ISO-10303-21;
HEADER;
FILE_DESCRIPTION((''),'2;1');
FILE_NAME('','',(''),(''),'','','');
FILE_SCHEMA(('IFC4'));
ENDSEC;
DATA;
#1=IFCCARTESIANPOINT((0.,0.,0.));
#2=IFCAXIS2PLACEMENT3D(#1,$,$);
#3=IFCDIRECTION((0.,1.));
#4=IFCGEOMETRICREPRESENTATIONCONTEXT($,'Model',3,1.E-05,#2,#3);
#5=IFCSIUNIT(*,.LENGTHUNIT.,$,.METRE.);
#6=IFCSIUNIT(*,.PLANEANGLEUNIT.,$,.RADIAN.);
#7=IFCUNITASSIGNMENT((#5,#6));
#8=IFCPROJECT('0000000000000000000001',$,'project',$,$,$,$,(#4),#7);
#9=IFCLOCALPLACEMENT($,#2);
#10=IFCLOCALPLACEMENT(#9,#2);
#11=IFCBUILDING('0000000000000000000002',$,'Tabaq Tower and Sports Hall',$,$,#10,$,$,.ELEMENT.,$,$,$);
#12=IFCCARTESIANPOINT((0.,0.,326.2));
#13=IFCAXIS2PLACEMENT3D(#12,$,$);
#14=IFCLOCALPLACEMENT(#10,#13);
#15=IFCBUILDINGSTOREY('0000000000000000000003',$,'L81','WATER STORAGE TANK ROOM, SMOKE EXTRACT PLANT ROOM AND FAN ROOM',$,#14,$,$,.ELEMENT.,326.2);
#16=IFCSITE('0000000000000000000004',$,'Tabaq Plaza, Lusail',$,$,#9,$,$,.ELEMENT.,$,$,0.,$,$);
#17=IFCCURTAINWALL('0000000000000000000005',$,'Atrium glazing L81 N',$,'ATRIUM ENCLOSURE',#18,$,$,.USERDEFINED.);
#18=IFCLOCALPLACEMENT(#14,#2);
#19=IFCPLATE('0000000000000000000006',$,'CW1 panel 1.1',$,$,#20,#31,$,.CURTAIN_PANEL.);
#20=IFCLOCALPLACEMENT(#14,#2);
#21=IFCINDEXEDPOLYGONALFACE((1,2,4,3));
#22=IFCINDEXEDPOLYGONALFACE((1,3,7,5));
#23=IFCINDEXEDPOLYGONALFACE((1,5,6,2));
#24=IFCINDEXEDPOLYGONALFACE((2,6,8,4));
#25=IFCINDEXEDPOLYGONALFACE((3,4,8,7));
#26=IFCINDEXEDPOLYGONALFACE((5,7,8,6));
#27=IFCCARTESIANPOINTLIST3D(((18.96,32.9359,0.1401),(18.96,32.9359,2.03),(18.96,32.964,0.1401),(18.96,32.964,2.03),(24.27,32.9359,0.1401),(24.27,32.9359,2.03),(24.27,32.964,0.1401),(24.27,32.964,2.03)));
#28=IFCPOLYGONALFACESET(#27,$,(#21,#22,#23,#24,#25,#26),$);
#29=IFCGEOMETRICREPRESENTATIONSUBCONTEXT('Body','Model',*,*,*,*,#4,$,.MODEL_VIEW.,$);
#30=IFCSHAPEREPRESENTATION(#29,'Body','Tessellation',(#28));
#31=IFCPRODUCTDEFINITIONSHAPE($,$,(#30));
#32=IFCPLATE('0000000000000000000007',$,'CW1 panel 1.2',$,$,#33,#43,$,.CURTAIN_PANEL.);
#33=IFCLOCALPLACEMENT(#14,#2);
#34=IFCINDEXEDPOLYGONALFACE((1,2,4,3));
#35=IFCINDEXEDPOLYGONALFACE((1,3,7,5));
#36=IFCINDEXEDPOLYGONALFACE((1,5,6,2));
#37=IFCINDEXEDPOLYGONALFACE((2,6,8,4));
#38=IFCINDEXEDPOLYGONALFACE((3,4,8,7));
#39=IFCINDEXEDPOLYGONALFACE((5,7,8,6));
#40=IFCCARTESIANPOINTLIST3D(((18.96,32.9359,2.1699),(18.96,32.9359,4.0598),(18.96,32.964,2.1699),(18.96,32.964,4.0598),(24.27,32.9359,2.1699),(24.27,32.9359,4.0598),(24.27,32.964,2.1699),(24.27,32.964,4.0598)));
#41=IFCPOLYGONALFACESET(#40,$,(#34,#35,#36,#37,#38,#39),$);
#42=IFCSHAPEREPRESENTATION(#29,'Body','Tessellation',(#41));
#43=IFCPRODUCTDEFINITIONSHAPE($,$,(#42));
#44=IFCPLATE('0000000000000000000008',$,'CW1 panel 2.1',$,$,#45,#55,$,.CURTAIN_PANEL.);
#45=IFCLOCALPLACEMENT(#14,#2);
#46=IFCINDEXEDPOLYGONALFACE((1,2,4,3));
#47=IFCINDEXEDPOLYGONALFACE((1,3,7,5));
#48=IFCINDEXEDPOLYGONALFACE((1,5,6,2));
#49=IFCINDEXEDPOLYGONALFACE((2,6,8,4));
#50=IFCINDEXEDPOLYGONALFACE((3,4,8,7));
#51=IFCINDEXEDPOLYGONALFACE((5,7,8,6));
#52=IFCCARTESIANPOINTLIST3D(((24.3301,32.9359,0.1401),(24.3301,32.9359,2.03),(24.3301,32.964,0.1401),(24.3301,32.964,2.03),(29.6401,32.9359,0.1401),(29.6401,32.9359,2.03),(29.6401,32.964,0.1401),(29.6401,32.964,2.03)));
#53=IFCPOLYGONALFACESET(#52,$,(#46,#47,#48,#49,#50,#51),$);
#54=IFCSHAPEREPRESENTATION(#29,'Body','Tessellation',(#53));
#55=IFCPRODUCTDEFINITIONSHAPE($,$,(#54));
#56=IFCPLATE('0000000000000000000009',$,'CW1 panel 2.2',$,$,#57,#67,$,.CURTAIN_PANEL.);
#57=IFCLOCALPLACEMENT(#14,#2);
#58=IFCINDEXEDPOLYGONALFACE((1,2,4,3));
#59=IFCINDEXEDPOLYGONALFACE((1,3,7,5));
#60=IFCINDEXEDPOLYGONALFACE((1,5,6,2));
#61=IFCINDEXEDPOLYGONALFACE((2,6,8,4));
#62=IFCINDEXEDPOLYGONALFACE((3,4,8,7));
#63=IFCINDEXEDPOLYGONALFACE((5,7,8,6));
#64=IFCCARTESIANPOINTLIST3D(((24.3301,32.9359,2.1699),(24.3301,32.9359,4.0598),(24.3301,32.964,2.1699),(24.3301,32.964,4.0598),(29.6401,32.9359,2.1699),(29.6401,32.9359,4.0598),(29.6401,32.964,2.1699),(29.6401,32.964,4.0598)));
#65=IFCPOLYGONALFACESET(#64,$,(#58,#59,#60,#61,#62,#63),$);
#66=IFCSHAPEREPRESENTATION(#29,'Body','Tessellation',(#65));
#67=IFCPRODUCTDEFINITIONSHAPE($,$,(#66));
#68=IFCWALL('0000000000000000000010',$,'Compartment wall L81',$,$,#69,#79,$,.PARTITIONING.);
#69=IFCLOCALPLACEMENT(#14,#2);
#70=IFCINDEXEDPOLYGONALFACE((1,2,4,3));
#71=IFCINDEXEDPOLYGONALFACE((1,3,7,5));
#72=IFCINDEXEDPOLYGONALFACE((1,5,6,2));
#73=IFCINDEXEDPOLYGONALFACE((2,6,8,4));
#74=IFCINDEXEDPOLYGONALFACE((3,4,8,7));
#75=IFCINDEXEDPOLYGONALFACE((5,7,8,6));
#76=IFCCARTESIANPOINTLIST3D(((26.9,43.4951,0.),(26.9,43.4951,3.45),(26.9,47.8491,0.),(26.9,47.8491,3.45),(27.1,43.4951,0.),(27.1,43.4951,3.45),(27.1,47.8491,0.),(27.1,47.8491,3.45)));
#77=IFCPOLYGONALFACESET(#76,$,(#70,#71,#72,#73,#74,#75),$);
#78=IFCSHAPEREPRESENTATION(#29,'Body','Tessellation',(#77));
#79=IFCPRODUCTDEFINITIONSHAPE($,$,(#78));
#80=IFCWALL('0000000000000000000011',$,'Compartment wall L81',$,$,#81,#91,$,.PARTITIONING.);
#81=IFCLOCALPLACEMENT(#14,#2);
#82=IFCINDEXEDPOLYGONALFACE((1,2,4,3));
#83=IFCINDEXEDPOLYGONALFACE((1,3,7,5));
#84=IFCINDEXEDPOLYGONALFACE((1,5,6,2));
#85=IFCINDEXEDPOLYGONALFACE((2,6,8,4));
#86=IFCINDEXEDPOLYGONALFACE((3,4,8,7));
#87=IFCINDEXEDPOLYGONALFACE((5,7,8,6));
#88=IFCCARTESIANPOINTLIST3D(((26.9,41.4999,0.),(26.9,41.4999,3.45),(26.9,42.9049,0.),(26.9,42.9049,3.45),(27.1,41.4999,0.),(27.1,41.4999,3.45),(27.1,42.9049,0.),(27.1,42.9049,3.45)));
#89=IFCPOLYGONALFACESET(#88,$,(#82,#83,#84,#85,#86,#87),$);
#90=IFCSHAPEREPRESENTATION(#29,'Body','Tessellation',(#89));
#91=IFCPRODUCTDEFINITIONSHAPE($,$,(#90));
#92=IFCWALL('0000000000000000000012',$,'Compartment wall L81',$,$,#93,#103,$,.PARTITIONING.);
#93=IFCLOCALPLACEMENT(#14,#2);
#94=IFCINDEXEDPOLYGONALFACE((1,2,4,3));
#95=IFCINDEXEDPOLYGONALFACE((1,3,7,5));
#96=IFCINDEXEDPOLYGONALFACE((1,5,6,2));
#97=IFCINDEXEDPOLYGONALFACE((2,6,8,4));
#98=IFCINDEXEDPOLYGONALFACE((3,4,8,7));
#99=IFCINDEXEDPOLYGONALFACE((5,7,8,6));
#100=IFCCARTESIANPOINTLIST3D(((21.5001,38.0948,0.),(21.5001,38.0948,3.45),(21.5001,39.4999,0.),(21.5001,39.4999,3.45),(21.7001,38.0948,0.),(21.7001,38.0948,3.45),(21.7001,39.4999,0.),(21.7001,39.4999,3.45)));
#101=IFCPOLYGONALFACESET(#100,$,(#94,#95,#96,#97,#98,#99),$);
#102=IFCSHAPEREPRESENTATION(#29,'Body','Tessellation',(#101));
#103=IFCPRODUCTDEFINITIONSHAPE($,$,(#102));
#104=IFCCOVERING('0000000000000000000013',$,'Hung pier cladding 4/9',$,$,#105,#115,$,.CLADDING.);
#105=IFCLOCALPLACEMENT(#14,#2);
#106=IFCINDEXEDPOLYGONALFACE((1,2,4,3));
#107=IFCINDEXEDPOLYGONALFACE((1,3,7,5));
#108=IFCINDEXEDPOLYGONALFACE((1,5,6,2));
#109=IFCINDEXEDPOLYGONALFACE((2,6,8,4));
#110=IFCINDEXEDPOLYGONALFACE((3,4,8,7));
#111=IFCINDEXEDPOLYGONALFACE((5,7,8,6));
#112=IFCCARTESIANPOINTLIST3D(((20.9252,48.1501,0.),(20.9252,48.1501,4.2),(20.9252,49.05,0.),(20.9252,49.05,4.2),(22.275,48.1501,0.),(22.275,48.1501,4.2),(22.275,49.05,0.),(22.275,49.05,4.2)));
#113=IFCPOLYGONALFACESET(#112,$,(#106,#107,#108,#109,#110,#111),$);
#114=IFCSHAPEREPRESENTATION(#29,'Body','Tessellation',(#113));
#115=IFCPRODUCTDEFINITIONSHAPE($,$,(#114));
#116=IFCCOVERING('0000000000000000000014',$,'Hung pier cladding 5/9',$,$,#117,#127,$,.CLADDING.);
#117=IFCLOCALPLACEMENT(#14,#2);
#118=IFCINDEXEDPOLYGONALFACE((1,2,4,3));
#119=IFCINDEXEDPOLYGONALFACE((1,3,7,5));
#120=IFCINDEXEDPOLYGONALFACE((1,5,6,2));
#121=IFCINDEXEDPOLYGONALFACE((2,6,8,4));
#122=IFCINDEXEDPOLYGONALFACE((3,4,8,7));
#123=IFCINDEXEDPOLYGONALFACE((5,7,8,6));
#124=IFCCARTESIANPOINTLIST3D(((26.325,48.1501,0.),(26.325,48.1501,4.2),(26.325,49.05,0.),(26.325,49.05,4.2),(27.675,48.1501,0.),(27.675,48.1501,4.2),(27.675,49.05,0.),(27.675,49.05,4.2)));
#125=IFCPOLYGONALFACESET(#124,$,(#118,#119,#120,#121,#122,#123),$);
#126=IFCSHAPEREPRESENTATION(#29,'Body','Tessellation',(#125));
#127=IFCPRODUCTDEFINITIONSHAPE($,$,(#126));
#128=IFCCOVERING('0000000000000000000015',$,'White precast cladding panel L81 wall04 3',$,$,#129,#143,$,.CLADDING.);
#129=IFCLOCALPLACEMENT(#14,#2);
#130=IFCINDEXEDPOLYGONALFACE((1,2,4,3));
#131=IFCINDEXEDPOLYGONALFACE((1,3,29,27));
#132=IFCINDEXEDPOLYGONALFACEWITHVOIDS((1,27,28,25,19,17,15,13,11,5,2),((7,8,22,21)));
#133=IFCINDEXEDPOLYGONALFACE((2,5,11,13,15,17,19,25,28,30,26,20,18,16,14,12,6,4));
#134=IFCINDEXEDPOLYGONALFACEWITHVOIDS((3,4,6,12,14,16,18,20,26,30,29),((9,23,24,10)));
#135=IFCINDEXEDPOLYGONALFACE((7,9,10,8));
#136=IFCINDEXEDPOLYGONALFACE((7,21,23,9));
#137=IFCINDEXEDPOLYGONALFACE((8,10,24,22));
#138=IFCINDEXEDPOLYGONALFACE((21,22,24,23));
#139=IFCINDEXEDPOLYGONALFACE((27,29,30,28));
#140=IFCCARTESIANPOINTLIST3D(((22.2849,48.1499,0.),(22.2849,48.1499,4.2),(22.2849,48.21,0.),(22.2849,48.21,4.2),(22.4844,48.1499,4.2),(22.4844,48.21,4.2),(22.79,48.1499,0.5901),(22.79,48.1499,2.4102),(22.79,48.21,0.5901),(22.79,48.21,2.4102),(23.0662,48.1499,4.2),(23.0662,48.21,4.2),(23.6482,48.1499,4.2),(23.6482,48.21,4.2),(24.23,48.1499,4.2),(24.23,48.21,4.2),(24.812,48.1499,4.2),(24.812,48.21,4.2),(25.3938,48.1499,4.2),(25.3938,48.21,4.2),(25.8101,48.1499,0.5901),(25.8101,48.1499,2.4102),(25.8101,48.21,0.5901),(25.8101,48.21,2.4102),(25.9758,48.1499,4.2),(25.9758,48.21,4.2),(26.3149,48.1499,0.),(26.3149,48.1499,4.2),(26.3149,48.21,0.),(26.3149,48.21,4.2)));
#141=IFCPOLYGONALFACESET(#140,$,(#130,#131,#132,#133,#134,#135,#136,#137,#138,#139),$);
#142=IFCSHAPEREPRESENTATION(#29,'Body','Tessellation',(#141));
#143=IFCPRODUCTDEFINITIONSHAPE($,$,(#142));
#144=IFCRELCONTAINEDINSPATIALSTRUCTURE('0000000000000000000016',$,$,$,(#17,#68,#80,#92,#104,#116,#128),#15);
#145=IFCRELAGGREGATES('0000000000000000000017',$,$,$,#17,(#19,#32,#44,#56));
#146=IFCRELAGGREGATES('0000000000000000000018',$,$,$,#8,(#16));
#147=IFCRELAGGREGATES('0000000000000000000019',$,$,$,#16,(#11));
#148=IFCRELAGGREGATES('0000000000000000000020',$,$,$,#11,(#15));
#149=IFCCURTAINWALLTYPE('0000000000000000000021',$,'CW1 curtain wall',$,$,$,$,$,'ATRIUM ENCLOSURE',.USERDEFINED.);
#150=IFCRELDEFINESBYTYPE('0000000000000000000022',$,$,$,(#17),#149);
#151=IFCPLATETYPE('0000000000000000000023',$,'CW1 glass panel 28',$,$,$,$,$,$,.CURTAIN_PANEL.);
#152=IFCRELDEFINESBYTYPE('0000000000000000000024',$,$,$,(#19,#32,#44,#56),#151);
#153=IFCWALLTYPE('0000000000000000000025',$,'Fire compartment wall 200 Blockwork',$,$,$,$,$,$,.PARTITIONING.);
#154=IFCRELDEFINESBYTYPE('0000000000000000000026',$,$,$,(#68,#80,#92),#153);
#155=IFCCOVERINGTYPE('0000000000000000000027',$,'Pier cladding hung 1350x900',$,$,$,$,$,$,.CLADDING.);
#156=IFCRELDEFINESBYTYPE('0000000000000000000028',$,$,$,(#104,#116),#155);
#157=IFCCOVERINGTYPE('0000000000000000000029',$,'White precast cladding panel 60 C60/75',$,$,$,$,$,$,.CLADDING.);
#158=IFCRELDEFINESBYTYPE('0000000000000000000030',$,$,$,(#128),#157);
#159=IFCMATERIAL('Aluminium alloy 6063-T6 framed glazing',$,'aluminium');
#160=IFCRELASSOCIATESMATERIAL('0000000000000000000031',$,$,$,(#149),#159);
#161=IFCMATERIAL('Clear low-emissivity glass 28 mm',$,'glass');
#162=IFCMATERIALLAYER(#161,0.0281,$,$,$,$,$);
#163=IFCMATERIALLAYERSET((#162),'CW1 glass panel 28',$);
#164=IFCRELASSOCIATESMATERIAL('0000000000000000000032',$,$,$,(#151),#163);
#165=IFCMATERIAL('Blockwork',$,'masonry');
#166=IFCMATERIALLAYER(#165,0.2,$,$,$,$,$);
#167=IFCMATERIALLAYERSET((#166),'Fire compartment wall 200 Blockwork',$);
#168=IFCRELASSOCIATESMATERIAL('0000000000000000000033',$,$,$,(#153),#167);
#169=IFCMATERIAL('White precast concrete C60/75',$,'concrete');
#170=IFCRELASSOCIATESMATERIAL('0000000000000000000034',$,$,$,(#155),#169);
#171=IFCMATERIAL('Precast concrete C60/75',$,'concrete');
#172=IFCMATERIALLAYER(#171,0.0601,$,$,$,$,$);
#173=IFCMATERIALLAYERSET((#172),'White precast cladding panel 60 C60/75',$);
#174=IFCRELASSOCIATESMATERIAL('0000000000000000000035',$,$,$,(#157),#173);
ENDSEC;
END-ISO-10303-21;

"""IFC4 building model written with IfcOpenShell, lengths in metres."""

from ifc_helpers import new_model, si_unit, direction, frame, frame_2d, origin, origin_2d, place, context, subcontext, project, spatial, polyline, rectangle, outline, extrude, material, layer, layer_set, type_object, element, aggregate, save


model = new_model("IFC4")

# Units and contexts
model_context = context("Model", 3, precision=1e-05, world=origin(), true_north=direction((0.0, 1.0)))
body_context = subcontext(model_context, "Body", "Model", "MODEL_VIEW")
ifc_project = project(units=[si_unit("LENGTHUNIT", "METRE"), si_unit("PLANEANGLEUNIT", "RADIAN")], contexts=[model_context])

# Site, building, storey
site_placement = place(None, origin())
site = spatial("IfcSite", under=ifc_project, at=site_placement, Name="Tabaq Plaza, Lusail", CompositionType="ELEMENT", RefElevation=0.0)
building_placement = place(site_placement, origin())
building = spatial("IfcBuilding", under=site, at=building_placement, Name="Tabaq Tower and Sports Hall", CompositionType="ELEMENT")
storey_placement = place(building_placement, frame((0.0, 0.0, 326.2)))
storey = spatial("IfcBuildingStorey", under=building, at=storey_placement, Name="L81", Description="WATER STORAGE TANK ROOM, SMOKE EXTRACT PLANT ROOM AND FAN ROOM", CompositionType="ELEMENT", Elevation=326.2)

# Curtain wall
ifc_material_1 = material(Name="Aluminium alloy 6063-T6 framed glazing", Category="aluminium")
curtain_wall_type = type_object("IfcCurtainWallType", Name="CW1 curtain wall", ElementType="ATRIUM ENCLOSURE", PredefinedType="USERDEFINED", material=ifc_material_1)
curtain_wall_placement = place(storey_placement, origin())
curtain_wall = element("IfcCurtainWall", 1, at=curtain_wall_placement, inside=storey, type_object=curtain_wall_type, Name="Atrium glazing L81 N", ObjectType="ATRIUM ENCLOSURE", PredefinedType="USERDEFINED")

# Plates
ifc_material_2 = material(Name="Clear low-emissivity glass 28 mm", Category="glass")
ifc_layer_1 = layer(ifc_material_2, 0.0281)
ifc_layer_set_1 = layer_set([ifc_layer_1], Name="CW1 glass panel 28")
plate_type = type_object("IfcPlateType", Name="CW1 glass panel 28", PredefinedType="CURTAIN_PANEL", material=ifc_layer_set_1)
plate_1_placement = place(storey_placement, frame((21.615, 32.95, 0.1401), z_axis=(0.0, 0.0, 1.0), x_axis=(1.0, 0.0, 0.0)))
plate_1 = element("IfcPlate", 2, at=plate_1_placement, type_object=plate_type, Name="CW1 panel 1.1", PredefinedType="CURTAIN_PANEL", context=body_context, shape_type="SweptSolid", body=[
    extrude(rectangle(XDim=5.3101, YDim=0.0281, at=origin_2d()), origin(), (0.0, 0.0, 1.0), 1.8899),
])
plate_2_placement = place(storey_placement, frame((21.615, 32.95, 2.1699), z_axis=(0.0, 0.0, 1.0), x_axis=(1.0, 0.0, 0.0)))
plate_2 = element("IfcPlate", 3, at=plate_2_placement, type_object=plate_type, Name="CW1 panel 1.2", PredefinedType="CURTAIN_PANEL", context=body_context, shape_type="SweptSolid", body=[
    extrude(rectangle(XDim=5.3101, YDim=0.0281, at=origin_2d()), origin(), (0.0, 0.0, 1.0), 1.8899),
])
plate_3_placement = place(storey_placement, frame((26.9851, 32.95, 0.1401), z_axis=(0.0, 0.0, 1.0), x_axis=(1.0, 0.0, 0.0)))
plate_3 = element("IfcPlate", 4, at=plate_3_placement, type_object=plate_type, Name="CW1 panel 2.1", PredefinedType="CURTAIN_PANEL", context=body_context, shape_type="SweptSolid", body=[
    extrude(rectangle(XDim=5.3101, YDim=0.0281, at=origin_2d()), origin(), (0.0, 0.0, 1.0), 1.8899),
])
plate_4_placement = place(storey_placement, frame((26.9851, 32.95, 2.1699), z_axis=(0.0, 0.0, 1.0), x_axis=(1.0, 0.0, 0.0)))
plate_4 = element("IfcPlate", 5, at=plate_4_placement, type_object=plate_type, Name="CW1 panel 2.2", PredefinedType="CURTAIN_PANEL", context=body_context, shape_type="SweptSolid", body=[
    extrude(rectangle(XDim=5.3101, YDim=0.0281, at=origin_2d()), origin(), (0.0, 0.0, 1.0), 1.8899),
])
aggregate(curtain_wall, [plate_1, plate_2, plate_3, plate_4])

# Walls
ifc_material_3 = material(Name="Blockwork", Category="masonry")
ifc_layer_2 = layer(ifc_material_3, 0.2)
ifc_layer_set_2 = layer_set([ifc_layer_2], Name="Fire compartment wall 200 Blockwork")
wall_type_1 = type_object("IfcWallType", Name="Fire compartment wall 200 Blockwork", PredefinedType="PARTITIONING", material=ifc_layer_set_2)
wall_1_placement = place(storey_placement, frame((27.0, 47.8491, 0.0), z_axis=(0.0, 0.0, 1.0), x_axis=(0.0, -1.0, 0.0)))
element("IfcWall", 6, at=wall_1_placement, inside=storey, type_object=wall_type_1, Name="Compartment wall L81", PredefinedType="PARTITIONING", context=body_context, shape_type="SweptSolid", body=[
    extrude(rectangle(XDim=4.354, YDim=0.2, at=frame_2d((2.177, 0.0))), origin(), (0.0, 0.0, 1.0), 3.45),
])
for number, where, z_axis, x_axis, name in (
    (7, (27.0, 42.905, 0.0), (0.0, 0.0, 1.0), (0.0, -1.0, 0.0), "Compartment wall L81"),
    (8, (21.6001, 39.5, 0.0), (0.0, 0.0, 1.0), (0.0, -1.0, 0.0), "Compartment wall L81"),
):
    element("IfcWall", number, at=place(storey_placement, frame(where, z_axis=z_axis, x_axis=x_axis)), inside=storey, type_object=wall_type_1, Name=name, PredefinedType="PARTITIONING", context=body_context, shape_type="SweptSolid", body=[
        extrude(rectangle(XDim=1.405, YDim=0.2, at=frame_2d((0.7026, 0.0))), origin(), (0.0, 0.0, 1.0), 3.45),
    ])

# Coverings
ifc_material_4 = material(Name="White precast concrete C60/75", Category="concrete")
covering_type_1 = type_object("IfcCoveringType", Name="Pier cladding hung 1350x900", PredefinedType="CLADDING", material=ifc_material_4)
covering_1_placement = place(storey_placement, frame((22.2749, 48.6001, 0.0), z_axis=(0.0, 0.0, 1.0), x_axis=(-1.0, 0.0, 0.0)))
element("IfcCovering", 9, at=covering_1_placement, inside=storey, type_object=covering_type_1, Name="Hung pier cladding 4/9", PredefinedType="CLADDING", context=body_context, shape_type="SweptSolid", body=[
    extrude(rectangle(XDim=1.3499, YDim=0.8999, at=frame_2d((0.6748, 0.0))), origin(), (0.0, 0.0, 1.0), 4.2),
])
covering_2_placement = place(storey_placement, frame((27.675, 48.6001, 0.0), z_axis=(0.0, 0.0, 1.0), x_axis=(-1.0, 0.0, 0.0)))
element("IfcCovering", 10, at=covering_2_placement, inside=storey, type_object=covering_type_1, Name="Hung pier cladding 5/9", PredefinedType="CLADDING", context=body_context, shape_type="SweptSolid", body=[
    extrude(rectangle(XDim=1.3501, YDim=0.8999, at=frame_2d((0.675, 0.0))), origin(), (0.0, 0.0, 1.0), 4.2),
])
ifc_material_5 = material(Name="Precast concrete C60/75", Category="concrete")
ifc_layer_3 = layer(ifc_material_5, 0.0601)
ifc_layer_set_3 = layer_set([ifc_layer_3], Name="White precast cladding panel 60 C60/75")
covering_type_2 = type_object("IfcCoveringType", Name="White precast cladding panel 60 C60/75", PredefinedType="CLADDING", material=ifc_layer_set_3)
covering_3_placement = place(storey_placement, frame((26.3149, 48.1799, 0.0), z_axis=(0.0, 0.0, 1.0), x_axis=(-1.0, 0.0, 0.0)))
element("IfcCovering", 11, at=covering_3_placement, inside=storey, type_object=covering_type_2, Name="White precast cladding panel L81 wall04 3", PredefinedType="CLADDING", context=body_context, shape_type="SweptSolid", body=[
    extrude(outline(polyline([(0.0, 0.0), (4.03, 0.0), (4.03, 4.2), (3.8306, 4.2), (3.2488, 4.2), (2.6667, 4.2), (2.085, 4.2), (1.5029, 4.2), (0.9211, 4.2), (0.3391, 4.2), (0.0, 4.2), (0.0, 0.0)]), holes=[polyline([(0.5049, 0.5901), (0.5049, 2.4102), (3.5249, 2.4102), (3.5249, 0.5901), (0.5049, 0.5901)])]), frame((0.0, 0.03, 0.0), z_axis=(0.0, -1.0, 0.0), x_axis=(1.0, 0.0, 0.0)), (0.0, 0.0, 1.0), 0.0601),
])

save(model, "model.ifc")
